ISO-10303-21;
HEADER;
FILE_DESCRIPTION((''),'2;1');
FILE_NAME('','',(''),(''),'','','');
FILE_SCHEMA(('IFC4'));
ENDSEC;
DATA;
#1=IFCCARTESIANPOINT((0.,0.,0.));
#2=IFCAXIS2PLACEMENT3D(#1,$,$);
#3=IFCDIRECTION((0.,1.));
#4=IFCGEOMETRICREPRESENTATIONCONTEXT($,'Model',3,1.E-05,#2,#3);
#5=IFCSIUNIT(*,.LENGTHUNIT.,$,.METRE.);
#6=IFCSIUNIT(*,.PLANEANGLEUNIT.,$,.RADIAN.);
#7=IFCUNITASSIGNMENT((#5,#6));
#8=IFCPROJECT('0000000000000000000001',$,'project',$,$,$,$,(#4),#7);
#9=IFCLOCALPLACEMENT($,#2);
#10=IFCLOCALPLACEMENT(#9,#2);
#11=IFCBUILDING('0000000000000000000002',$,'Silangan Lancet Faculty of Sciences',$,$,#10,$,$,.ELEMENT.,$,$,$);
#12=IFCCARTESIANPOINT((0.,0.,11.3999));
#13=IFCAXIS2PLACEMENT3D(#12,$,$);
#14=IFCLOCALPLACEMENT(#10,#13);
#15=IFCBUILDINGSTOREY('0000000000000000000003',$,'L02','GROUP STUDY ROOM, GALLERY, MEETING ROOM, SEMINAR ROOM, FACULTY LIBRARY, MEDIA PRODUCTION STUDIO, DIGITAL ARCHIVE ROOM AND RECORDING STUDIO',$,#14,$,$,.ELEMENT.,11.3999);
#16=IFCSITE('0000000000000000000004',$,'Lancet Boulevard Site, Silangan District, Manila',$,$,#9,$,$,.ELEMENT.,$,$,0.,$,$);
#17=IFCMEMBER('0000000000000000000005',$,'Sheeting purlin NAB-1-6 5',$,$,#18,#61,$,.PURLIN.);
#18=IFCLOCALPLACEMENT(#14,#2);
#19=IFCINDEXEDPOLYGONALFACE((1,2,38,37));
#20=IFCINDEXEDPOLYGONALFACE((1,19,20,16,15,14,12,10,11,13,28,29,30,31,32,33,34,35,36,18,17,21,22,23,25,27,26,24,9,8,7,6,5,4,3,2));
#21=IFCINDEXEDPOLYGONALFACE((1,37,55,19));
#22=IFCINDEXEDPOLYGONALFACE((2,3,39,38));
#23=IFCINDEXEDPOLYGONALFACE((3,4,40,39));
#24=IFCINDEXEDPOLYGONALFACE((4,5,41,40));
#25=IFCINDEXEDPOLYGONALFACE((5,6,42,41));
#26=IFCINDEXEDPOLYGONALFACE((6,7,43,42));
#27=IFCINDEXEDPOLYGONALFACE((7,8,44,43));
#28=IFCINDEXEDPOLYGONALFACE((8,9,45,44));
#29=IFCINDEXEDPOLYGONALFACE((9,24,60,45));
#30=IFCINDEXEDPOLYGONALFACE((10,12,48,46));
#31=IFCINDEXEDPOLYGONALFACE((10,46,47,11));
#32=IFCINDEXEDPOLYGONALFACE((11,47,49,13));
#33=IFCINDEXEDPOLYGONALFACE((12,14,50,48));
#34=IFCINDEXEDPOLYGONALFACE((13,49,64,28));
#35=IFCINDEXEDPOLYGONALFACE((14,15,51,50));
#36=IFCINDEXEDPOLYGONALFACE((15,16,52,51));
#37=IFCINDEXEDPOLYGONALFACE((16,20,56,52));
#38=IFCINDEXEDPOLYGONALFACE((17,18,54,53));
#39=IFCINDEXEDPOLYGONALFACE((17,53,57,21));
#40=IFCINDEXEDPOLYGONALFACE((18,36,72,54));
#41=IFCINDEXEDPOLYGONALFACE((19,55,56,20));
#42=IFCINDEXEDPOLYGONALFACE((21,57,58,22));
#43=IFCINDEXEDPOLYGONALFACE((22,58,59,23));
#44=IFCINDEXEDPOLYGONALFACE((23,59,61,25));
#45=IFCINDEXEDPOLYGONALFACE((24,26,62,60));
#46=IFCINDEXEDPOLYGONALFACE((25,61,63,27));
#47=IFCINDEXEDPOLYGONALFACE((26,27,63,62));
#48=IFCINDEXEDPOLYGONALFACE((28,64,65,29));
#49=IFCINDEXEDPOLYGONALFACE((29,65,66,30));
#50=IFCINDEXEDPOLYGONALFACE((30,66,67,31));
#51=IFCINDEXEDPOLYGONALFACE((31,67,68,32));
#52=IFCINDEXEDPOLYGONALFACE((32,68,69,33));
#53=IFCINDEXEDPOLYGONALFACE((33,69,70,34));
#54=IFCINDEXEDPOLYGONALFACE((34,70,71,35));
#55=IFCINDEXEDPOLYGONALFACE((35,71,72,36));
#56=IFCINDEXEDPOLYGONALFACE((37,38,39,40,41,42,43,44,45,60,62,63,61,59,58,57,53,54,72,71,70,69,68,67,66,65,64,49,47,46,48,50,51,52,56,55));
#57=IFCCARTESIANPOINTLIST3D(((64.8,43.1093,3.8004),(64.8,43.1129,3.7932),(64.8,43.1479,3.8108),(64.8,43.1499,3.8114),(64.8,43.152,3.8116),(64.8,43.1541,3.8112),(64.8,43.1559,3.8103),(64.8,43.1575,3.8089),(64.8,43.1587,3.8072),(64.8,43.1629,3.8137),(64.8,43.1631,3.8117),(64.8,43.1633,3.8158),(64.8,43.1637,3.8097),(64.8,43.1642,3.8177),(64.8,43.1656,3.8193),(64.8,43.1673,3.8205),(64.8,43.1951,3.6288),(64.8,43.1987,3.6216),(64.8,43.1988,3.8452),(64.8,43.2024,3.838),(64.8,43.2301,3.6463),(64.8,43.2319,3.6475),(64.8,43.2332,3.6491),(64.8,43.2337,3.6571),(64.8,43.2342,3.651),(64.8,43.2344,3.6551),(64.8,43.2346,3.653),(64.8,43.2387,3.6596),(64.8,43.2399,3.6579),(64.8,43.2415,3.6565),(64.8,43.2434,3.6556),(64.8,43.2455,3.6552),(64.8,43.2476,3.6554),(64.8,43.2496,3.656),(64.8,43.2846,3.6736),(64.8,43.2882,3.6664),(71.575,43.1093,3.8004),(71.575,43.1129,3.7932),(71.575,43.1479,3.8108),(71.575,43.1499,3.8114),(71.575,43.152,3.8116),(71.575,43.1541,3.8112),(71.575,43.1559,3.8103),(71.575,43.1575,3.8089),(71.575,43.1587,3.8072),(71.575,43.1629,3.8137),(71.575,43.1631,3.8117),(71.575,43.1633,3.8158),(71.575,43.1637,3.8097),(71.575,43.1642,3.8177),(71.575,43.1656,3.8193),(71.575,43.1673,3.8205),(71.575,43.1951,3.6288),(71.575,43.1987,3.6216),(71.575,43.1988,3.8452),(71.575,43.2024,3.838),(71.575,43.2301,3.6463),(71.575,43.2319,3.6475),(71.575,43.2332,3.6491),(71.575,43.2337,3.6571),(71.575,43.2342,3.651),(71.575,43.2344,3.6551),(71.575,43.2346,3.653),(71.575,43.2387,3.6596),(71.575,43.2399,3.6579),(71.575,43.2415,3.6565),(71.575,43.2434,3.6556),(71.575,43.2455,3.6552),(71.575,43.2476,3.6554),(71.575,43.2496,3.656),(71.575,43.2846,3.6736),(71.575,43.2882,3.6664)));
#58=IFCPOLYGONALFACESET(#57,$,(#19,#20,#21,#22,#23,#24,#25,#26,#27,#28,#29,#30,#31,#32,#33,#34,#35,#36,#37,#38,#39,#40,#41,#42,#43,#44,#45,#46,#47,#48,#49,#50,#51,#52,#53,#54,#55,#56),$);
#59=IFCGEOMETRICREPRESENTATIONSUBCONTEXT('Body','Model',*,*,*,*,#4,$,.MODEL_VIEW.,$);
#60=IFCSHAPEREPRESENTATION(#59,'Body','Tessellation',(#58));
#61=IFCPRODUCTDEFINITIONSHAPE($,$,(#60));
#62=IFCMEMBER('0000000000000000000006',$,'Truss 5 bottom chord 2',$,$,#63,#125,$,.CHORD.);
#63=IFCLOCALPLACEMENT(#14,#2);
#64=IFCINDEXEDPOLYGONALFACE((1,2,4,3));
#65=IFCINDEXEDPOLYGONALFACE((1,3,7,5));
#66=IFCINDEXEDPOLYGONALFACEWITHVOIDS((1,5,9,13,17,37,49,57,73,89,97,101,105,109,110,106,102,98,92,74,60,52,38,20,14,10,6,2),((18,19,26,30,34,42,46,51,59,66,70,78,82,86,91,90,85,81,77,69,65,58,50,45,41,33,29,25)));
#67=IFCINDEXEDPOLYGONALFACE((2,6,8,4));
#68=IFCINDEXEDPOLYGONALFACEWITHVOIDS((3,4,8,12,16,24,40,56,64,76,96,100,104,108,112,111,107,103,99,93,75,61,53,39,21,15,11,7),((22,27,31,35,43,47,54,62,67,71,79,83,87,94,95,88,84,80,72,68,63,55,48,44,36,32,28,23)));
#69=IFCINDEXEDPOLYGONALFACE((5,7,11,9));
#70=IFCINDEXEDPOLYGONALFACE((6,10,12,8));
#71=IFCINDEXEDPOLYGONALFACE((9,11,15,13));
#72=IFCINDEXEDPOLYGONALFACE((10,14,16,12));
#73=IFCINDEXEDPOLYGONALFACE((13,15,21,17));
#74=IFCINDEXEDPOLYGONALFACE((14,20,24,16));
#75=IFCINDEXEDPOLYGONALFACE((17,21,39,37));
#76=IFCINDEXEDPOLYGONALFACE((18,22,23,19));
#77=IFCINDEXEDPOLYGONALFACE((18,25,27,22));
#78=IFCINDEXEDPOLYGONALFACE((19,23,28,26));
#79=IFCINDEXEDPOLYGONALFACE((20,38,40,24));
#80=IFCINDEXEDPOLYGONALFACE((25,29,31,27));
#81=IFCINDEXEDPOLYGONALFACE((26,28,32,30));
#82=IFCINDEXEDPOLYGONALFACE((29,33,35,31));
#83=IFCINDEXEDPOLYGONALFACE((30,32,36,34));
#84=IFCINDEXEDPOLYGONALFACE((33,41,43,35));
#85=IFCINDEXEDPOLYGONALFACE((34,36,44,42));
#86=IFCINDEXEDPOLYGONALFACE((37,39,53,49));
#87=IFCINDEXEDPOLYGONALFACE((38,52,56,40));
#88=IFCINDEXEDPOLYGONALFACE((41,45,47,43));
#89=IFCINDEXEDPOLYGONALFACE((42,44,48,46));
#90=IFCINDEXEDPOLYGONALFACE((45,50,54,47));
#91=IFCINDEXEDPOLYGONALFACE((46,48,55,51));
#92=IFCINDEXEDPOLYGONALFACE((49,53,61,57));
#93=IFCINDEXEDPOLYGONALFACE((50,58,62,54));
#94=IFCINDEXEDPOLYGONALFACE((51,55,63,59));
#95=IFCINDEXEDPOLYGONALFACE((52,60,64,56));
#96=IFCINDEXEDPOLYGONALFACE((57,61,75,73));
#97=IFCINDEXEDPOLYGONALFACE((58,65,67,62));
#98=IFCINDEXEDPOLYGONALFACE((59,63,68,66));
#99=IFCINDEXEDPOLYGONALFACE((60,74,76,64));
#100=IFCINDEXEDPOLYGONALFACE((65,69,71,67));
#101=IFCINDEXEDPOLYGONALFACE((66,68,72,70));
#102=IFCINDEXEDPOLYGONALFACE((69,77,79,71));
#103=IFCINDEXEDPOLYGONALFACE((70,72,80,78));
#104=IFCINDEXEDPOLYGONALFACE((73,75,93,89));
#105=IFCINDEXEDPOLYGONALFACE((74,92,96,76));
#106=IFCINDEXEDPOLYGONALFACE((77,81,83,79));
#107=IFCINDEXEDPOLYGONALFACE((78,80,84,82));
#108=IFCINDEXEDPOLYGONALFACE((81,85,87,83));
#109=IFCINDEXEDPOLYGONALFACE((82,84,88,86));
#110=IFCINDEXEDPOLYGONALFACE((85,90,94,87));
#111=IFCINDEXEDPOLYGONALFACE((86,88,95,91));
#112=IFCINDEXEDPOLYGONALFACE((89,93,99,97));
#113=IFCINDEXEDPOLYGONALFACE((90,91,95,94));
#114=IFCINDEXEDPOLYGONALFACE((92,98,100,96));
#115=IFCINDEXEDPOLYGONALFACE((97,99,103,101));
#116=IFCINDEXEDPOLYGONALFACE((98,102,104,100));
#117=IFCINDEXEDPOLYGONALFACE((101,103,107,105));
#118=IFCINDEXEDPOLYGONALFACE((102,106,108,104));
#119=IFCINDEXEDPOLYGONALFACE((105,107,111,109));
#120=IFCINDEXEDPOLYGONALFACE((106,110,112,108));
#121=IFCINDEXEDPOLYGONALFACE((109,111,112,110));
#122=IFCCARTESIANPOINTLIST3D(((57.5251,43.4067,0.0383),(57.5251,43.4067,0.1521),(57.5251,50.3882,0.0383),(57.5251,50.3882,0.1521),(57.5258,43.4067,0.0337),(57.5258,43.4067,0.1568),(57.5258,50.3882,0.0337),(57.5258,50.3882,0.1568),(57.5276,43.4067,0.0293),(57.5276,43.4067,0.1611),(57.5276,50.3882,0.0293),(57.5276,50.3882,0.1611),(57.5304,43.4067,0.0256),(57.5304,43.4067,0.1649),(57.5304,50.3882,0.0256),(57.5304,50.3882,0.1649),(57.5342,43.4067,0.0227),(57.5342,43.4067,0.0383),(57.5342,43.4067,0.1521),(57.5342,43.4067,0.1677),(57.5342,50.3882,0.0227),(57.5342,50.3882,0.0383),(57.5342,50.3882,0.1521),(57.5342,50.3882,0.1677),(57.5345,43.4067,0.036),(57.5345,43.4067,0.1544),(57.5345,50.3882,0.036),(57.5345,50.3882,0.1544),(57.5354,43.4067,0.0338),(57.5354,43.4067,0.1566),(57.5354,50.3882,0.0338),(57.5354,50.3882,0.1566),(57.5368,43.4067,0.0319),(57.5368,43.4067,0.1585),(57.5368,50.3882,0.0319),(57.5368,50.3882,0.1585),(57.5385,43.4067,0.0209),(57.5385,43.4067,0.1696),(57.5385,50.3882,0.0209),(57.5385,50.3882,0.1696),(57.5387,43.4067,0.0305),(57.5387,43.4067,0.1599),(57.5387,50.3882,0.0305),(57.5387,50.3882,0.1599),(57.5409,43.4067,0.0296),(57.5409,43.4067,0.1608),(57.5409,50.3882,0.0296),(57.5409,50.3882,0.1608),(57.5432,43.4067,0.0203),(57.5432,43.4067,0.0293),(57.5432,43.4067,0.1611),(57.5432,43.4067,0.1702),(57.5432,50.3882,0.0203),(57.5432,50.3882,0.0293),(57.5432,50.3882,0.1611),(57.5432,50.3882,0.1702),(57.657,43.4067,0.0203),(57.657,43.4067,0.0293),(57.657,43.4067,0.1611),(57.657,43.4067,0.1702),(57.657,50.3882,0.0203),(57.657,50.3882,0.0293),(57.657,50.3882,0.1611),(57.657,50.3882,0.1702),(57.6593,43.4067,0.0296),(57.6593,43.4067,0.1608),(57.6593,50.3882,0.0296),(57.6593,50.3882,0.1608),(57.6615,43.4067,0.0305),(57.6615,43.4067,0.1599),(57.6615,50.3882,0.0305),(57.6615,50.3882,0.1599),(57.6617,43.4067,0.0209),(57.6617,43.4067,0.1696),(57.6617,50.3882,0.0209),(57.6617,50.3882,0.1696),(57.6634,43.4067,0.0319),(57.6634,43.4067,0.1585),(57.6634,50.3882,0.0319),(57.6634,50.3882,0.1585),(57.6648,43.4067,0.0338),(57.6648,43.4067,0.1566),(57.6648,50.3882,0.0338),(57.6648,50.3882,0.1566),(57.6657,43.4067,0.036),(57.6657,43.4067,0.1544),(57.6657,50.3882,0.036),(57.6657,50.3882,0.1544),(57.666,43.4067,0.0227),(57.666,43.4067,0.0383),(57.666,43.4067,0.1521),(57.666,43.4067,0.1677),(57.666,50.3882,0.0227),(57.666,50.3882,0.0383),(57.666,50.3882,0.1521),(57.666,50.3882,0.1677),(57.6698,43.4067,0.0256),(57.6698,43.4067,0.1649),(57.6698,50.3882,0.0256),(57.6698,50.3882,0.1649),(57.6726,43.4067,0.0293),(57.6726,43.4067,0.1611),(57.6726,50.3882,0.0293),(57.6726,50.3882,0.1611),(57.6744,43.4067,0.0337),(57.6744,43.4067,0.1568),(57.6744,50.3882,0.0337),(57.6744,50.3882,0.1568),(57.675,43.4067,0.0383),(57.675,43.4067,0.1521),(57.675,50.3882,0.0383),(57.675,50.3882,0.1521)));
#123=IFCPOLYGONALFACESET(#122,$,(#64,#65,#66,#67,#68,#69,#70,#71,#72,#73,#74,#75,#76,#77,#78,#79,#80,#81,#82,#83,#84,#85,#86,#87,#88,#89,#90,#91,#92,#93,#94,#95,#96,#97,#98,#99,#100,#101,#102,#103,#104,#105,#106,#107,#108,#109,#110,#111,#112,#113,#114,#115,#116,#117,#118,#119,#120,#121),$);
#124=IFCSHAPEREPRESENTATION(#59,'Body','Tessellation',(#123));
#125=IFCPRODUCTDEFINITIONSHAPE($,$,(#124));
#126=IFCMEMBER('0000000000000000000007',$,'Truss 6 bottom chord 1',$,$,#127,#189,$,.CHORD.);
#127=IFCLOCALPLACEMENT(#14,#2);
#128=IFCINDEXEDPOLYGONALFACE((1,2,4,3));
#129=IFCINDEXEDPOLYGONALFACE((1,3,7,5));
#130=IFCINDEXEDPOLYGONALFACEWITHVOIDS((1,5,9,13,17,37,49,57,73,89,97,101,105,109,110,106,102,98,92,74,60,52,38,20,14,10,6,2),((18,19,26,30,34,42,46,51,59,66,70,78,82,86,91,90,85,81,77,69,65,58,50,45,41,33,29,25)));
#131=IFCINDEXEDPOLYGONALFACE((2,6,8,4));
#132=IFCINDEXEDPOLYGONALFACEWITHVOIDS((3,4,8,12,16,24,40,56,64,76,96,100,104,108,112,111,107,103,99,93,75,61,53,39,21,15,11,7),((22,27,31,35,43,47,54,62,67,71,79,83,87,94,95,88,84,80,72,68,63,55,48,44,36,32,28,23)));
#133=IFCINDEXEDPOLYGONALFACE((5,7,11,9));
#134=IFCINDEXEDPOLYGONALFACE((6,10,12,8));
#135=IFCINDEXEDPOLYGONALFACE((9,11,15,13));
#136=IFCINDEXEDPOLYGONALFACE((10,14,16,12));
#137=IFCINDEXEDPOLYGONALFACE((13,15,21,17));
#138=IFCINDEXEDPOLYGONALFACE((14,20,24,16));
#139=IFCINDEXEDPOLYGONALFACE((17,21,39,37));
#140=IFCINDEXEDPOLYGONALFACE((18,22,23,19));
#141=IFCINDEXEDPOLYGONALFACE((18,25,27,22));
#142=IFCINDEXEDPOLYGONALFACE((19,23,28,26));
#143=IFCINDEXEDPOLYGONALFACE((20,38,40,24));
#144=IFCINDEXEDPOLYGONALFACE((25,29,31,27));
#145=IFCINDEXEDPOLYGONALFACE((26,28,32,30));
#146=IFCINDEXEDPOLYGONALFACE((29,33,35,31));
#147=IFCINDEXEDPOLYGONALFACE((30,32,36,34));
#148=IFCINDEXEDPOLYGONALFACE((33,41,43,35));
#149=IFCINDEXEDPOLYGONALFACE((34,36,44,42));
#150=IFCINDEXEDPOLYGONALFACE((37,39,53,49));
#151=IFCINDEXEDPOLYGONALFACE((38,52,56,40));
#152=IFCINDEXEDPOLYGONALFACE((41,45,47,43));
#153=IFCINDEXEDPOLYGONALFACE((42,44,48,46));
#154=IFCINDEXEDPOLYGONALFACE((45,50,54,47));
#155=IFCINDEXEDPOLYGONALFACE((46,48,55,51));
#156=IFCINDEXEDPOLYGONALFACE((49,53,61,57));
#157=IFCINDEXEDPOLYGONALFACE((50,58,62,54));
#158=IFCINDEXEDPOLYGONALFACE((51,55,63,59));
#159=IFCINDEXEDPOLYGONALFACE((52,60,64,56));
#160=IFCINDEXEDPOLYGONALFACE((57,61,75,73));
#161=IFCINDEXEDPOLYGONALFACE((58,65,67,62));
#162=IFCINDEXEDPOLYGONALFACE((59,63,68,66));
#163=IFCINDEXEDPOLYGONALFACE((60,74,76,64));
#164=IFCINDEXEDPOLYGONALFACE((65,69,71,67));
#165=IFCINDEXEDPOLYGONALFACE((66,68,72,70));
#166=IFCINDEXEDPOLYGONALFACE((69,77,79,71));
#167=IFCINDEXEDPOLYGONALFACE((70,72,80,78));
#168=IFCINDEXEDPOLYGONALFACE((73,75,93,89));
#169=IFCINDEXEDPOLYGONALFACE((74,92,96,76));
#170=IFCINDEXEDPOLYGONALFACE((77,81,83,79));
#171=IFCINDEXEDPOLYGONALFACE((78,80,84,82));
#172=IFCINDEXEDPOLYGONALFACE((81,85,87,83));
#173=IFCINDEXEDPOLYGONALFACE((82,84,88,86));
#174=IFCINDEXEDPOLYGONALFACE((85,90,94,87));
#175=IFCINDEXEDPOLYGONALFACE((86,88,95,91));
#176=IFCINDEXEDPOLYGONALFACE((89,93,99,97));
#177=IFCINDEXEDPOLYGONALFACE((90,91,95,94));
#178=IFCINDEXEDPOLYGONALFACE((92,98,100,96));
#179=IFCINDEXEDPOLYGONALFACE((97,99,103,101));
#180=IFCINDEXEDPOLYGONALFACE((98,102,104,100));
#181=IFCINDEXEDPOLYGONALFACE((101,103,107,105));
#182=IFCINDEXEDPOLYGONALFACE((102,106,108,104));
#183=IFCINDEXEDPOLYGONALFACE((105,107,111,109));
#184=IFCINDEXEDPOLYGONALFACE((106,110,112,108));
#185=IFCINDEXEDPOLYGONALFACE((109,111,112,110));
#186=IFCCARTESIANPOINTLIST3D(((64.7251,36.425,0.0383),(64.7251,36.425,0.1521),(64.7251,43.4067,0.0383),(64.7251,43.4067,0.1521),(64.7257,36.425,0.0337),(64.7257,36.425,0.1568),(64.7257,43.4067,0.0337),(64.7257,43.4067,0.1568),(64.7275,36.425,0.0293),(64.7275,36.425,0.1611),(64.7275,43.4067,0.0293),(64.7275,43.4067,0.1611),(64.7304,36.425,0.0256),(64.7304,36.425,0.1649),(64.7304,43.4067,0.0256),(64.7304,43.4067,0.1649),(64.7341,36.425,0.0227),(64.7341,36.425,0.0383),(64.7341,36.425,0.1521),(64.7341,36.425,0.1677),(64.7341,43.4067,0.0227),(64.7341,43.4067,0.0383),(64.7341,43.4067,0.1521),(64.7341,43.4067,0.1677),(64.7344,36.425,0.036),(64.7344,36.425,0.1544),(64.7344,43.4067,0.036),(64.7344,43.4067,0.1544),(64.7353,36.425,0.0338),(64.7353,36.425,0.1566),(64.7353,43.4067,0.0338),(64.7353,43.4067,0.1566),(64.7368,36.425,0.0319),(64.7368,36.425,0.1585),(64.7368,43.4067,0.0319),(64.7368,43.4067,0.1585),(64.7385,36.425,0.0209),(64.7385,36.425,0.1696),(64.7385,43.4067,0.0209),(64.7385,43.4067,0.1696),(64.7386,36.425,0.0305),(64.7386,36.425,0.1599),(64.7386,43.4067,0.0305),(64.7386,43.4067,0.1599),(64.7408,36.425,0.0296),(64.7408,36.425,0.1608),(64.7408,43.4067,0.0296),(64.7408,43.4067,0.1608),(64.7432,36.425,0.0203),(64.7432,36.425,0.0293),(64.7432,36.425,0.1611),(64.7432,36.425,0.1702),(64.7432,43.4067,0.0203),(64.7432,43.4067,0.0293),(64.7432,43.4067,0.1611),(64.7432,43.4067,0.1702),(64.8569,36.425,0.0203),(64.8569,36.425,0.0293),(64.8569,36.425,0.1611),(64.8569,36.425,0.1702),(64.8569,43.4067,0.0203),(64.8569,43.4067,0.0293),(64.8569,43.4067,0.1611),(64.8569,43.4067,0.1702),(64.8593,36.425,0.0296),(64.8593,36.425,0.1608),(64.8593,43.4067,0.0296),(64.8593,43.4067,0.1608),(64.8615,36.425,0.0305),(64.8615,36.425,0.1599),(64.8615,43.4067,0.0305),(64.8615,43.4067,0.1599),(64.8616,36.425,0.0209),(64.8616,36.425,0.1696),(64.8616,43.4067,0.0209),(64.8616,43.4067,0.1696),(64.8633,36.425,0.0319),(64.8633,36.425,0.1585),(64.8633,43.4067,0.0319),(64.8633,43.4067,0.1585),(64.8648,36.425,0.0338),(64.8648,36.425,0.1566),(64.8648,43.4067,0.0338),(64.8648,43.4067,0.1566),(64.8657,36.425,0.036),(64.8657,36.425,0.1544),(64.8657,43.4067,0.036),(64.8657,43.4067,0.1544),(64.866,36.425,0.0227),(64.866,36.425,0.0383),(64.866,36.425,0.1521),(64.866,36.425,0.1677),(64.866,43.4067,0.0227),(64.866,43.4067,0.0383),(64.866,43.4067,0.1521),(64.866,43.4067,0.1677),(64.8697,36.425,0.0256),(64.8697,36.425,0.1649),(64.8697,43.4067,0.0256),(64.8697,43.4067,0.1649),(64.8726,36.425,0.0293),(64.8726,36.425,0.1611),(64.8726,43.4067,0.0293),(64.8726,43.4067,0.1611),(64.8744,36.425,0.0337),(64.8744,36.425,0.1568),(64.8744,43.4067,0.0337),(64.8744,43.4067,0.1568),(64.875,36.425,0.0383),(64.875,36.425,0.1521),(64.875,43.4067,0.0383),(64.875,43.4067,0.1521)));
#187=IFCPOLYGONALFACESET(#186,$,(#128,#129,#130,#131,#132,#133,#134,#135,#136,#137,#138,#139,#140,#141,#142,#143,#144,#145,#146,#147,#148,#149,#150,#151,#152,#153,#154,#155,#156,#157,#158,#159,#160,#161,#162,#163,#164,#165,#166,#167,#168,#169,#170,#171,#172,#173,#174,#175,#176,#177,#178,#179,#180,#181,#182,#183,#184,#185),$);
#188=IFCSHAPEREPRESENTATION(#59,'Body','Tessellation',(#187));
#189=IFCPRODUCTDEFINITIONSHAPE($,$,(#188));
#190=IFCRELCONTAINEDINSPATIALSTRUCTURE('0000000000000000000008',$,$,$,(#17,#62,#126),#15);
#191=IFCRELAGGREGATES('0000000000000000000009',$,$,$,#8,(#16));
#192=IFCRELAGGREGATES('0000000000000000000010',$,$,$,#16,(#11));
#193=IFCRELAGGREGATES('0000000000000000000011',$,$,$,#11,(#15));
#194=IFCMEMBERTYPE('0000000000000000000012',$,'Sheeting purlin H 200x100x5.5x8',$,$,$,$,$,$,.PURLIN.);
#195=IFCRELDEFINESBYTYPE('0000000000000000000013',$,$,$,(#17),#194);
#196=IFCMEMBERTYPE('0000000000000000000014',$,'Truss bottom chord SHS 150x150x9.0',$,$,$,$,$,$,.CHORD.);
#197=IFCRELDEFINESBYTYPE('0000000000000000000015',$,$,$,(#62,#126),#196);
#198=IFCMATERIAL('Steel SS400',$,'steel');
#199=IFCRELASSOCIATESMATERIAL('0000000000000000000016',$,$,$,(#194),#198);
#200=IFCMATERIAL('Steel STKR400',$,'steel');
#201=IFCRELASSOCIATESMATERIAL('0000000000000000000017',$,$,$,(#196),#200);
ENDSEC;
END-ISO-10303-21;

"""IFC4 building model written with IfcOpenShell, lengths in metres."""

from ifc_helpers import new_model, si_unit, direction, frame, origin, origin_2d, place, context, subcontext, project, spatial, hollow_rectangle, i_section, extrude, material, material_profile, profile_set, type_object, element, save


model = new_model("IFC4")

# Units and contexts
model_context = context("Model", 3, precision=1e-05, world=origin(), true_north=direction((0.0, 1.0)))
body_context = subcontext(model_context, "Body", "Model", "MODEL_VIEW")
ifc_project = project(units=[si_unit("LENGTHUNIT", "METRE"), si_unit("PLANEANGLEUNIT", "RADIAN")], contexts=[model_context])

# Site, building, storey
site_placement = place(None, origin())
site = spatial("IfcSite", under=ifc_project, at=site_placement, Name="Lancet Boulevard Site, Silangan District, Manila", CompositionType="ELEMENT", RefElevation=0.0)
building_placement = place(site_placement, origin())
building = spatial("IfcBuilding", under=site, at=building_placement, Name="Silangan Lancet Faculty of Sciences", CompositionType="ELEMENT")
storey_placement = place(building_placement, frame((0.0, 0.0, 11.3999)))
storey = spatial("IfcBuildingStorey", under=building, at=storey_placement, Name="L02", Description="GROUP STUDY ROOM, GALLERY, MEETING ROOM, SEMINAR ROOM, FACULTY LIBRARY, MEDIA PRODUCTION STUDIO, DIGITAL ARCHIVE ROOM AND RECORDING STUDIO", CompositionType="ELEMENT", Elevation=11.3999)

# Members
ifc_material_1 = material(Name="Steel SS400", Category="steel")
ifc_material_profile_1 = material_profile(ifc_material_1, i_section(OverallWidth=0.1001, OverallDepth=0.2, WebThickness=0.0056, FlangeThickness=0.0081, FilletRadius=0.0081, at=origin_2d()), Name="H 200x100x5.5x8")
ifc_profile_set_1 = profile_set([ifc_material_profile_1], Name="Steel SS400")
member_type_1 = type_object("IfcMemberType", Name="Sheeting purlin H 200x100x5.5x8", PredefinedType="PURLIN", material=ifc_profile_set_1)
for number, where, z_axis, x_axis, name in (
    (1, (64.8, 43.1987, 3.7334), (1.0, 0.0, 0.0), (0.0, 0.894427, 0.447214), "Sheeting purlin NAB-1-6 5"),
):
    element("IfcMember", number, at=place(storey_placement, frame(where, z_axis=z_axis, x_axis=x_axis)), inside=storey, type_object=member_type_1, Name=name, PredefinedType="PURLIN", context=body_context, shape_type="SweptSolid", body=[
        extrude(i_section(OverallWidth=0.1001, OverallDepth=0.2, WebThickness=0.0056, FlangeThickness=0.0081, FilletRadius=0.0081, at=origin_2d()), origin(), (0.0, 0.0, 1.0), 6.7749),
    ])
ifc_material_2 = material(Name="Steel STKR400", Category="steel")
ifc_material_profile_2 = material_profile(ifc_material_2, hollow_rectangle(XDim=0.1499, YDim=0.1499, WallThickness=0.009, InnerFilletRadius=0.009, OuterFilletRadius=0.0181, at=origin_2d()), Name="SHS 150x150x9.0")
ifc_profile_set_2 = profile_set([ifc_material_profile_2], Name="Steel STKR400")
member_type_2 = type_object("IfcMemberType", Name="Truss bottom chord SHS 150x150x9.0", PredefinedType="CHORD", material=ifc_profile_set_2)
member_1_placement = place(storey_placement, frame((57.6001, 43.4067, 0.0952), z_axis=(0.0, 1.0, 0.0), x_axis=(-1.0, 0.0, 0.0)))
element("IfcMember", 2, at=member_1_placement, inside=storey, type_object=member_type_2, Name="Truss 5 bottom chord 2", PredefinedType="CHORD", context=body_context, shape_type="SweptSolid", body=[
    extrude(hollow_rectangle(XDim=0.1499, YDim=0.1499, WallThickness=0.009, InnerFilletRadius=0.009, OuterFilletRadius=0.0181, at=origin_2d()), origin(), (0.0, 0.0, 1.0), 6.9814),
])
member_2_placement = place(storey_placement, frame((64.8, 36.425, 0.0952), z_axis=(0.0, 1.0, 0.0), x_axis=(-1.0, 0.0, 0.0)))
element("IfcMember", 3, at=member_2_placement, inside=storey, type_object=member_type_2, Name="Truss 6 bottom chord 1", PredefinedType="CHORD", context=body_context, shape_type="SweptSolid", body=[
    extrude(hollow_rectangle(XDim=0.1499, YDim=0.1499, WallThickness=0.009, InnerFilletRadius=0.009, OuterFilletRadius=0.0181, at=origin_2d()), origin(), (0.0, 0.0, 1.0), 6.9817),
])

save(model, "model.ifc")
